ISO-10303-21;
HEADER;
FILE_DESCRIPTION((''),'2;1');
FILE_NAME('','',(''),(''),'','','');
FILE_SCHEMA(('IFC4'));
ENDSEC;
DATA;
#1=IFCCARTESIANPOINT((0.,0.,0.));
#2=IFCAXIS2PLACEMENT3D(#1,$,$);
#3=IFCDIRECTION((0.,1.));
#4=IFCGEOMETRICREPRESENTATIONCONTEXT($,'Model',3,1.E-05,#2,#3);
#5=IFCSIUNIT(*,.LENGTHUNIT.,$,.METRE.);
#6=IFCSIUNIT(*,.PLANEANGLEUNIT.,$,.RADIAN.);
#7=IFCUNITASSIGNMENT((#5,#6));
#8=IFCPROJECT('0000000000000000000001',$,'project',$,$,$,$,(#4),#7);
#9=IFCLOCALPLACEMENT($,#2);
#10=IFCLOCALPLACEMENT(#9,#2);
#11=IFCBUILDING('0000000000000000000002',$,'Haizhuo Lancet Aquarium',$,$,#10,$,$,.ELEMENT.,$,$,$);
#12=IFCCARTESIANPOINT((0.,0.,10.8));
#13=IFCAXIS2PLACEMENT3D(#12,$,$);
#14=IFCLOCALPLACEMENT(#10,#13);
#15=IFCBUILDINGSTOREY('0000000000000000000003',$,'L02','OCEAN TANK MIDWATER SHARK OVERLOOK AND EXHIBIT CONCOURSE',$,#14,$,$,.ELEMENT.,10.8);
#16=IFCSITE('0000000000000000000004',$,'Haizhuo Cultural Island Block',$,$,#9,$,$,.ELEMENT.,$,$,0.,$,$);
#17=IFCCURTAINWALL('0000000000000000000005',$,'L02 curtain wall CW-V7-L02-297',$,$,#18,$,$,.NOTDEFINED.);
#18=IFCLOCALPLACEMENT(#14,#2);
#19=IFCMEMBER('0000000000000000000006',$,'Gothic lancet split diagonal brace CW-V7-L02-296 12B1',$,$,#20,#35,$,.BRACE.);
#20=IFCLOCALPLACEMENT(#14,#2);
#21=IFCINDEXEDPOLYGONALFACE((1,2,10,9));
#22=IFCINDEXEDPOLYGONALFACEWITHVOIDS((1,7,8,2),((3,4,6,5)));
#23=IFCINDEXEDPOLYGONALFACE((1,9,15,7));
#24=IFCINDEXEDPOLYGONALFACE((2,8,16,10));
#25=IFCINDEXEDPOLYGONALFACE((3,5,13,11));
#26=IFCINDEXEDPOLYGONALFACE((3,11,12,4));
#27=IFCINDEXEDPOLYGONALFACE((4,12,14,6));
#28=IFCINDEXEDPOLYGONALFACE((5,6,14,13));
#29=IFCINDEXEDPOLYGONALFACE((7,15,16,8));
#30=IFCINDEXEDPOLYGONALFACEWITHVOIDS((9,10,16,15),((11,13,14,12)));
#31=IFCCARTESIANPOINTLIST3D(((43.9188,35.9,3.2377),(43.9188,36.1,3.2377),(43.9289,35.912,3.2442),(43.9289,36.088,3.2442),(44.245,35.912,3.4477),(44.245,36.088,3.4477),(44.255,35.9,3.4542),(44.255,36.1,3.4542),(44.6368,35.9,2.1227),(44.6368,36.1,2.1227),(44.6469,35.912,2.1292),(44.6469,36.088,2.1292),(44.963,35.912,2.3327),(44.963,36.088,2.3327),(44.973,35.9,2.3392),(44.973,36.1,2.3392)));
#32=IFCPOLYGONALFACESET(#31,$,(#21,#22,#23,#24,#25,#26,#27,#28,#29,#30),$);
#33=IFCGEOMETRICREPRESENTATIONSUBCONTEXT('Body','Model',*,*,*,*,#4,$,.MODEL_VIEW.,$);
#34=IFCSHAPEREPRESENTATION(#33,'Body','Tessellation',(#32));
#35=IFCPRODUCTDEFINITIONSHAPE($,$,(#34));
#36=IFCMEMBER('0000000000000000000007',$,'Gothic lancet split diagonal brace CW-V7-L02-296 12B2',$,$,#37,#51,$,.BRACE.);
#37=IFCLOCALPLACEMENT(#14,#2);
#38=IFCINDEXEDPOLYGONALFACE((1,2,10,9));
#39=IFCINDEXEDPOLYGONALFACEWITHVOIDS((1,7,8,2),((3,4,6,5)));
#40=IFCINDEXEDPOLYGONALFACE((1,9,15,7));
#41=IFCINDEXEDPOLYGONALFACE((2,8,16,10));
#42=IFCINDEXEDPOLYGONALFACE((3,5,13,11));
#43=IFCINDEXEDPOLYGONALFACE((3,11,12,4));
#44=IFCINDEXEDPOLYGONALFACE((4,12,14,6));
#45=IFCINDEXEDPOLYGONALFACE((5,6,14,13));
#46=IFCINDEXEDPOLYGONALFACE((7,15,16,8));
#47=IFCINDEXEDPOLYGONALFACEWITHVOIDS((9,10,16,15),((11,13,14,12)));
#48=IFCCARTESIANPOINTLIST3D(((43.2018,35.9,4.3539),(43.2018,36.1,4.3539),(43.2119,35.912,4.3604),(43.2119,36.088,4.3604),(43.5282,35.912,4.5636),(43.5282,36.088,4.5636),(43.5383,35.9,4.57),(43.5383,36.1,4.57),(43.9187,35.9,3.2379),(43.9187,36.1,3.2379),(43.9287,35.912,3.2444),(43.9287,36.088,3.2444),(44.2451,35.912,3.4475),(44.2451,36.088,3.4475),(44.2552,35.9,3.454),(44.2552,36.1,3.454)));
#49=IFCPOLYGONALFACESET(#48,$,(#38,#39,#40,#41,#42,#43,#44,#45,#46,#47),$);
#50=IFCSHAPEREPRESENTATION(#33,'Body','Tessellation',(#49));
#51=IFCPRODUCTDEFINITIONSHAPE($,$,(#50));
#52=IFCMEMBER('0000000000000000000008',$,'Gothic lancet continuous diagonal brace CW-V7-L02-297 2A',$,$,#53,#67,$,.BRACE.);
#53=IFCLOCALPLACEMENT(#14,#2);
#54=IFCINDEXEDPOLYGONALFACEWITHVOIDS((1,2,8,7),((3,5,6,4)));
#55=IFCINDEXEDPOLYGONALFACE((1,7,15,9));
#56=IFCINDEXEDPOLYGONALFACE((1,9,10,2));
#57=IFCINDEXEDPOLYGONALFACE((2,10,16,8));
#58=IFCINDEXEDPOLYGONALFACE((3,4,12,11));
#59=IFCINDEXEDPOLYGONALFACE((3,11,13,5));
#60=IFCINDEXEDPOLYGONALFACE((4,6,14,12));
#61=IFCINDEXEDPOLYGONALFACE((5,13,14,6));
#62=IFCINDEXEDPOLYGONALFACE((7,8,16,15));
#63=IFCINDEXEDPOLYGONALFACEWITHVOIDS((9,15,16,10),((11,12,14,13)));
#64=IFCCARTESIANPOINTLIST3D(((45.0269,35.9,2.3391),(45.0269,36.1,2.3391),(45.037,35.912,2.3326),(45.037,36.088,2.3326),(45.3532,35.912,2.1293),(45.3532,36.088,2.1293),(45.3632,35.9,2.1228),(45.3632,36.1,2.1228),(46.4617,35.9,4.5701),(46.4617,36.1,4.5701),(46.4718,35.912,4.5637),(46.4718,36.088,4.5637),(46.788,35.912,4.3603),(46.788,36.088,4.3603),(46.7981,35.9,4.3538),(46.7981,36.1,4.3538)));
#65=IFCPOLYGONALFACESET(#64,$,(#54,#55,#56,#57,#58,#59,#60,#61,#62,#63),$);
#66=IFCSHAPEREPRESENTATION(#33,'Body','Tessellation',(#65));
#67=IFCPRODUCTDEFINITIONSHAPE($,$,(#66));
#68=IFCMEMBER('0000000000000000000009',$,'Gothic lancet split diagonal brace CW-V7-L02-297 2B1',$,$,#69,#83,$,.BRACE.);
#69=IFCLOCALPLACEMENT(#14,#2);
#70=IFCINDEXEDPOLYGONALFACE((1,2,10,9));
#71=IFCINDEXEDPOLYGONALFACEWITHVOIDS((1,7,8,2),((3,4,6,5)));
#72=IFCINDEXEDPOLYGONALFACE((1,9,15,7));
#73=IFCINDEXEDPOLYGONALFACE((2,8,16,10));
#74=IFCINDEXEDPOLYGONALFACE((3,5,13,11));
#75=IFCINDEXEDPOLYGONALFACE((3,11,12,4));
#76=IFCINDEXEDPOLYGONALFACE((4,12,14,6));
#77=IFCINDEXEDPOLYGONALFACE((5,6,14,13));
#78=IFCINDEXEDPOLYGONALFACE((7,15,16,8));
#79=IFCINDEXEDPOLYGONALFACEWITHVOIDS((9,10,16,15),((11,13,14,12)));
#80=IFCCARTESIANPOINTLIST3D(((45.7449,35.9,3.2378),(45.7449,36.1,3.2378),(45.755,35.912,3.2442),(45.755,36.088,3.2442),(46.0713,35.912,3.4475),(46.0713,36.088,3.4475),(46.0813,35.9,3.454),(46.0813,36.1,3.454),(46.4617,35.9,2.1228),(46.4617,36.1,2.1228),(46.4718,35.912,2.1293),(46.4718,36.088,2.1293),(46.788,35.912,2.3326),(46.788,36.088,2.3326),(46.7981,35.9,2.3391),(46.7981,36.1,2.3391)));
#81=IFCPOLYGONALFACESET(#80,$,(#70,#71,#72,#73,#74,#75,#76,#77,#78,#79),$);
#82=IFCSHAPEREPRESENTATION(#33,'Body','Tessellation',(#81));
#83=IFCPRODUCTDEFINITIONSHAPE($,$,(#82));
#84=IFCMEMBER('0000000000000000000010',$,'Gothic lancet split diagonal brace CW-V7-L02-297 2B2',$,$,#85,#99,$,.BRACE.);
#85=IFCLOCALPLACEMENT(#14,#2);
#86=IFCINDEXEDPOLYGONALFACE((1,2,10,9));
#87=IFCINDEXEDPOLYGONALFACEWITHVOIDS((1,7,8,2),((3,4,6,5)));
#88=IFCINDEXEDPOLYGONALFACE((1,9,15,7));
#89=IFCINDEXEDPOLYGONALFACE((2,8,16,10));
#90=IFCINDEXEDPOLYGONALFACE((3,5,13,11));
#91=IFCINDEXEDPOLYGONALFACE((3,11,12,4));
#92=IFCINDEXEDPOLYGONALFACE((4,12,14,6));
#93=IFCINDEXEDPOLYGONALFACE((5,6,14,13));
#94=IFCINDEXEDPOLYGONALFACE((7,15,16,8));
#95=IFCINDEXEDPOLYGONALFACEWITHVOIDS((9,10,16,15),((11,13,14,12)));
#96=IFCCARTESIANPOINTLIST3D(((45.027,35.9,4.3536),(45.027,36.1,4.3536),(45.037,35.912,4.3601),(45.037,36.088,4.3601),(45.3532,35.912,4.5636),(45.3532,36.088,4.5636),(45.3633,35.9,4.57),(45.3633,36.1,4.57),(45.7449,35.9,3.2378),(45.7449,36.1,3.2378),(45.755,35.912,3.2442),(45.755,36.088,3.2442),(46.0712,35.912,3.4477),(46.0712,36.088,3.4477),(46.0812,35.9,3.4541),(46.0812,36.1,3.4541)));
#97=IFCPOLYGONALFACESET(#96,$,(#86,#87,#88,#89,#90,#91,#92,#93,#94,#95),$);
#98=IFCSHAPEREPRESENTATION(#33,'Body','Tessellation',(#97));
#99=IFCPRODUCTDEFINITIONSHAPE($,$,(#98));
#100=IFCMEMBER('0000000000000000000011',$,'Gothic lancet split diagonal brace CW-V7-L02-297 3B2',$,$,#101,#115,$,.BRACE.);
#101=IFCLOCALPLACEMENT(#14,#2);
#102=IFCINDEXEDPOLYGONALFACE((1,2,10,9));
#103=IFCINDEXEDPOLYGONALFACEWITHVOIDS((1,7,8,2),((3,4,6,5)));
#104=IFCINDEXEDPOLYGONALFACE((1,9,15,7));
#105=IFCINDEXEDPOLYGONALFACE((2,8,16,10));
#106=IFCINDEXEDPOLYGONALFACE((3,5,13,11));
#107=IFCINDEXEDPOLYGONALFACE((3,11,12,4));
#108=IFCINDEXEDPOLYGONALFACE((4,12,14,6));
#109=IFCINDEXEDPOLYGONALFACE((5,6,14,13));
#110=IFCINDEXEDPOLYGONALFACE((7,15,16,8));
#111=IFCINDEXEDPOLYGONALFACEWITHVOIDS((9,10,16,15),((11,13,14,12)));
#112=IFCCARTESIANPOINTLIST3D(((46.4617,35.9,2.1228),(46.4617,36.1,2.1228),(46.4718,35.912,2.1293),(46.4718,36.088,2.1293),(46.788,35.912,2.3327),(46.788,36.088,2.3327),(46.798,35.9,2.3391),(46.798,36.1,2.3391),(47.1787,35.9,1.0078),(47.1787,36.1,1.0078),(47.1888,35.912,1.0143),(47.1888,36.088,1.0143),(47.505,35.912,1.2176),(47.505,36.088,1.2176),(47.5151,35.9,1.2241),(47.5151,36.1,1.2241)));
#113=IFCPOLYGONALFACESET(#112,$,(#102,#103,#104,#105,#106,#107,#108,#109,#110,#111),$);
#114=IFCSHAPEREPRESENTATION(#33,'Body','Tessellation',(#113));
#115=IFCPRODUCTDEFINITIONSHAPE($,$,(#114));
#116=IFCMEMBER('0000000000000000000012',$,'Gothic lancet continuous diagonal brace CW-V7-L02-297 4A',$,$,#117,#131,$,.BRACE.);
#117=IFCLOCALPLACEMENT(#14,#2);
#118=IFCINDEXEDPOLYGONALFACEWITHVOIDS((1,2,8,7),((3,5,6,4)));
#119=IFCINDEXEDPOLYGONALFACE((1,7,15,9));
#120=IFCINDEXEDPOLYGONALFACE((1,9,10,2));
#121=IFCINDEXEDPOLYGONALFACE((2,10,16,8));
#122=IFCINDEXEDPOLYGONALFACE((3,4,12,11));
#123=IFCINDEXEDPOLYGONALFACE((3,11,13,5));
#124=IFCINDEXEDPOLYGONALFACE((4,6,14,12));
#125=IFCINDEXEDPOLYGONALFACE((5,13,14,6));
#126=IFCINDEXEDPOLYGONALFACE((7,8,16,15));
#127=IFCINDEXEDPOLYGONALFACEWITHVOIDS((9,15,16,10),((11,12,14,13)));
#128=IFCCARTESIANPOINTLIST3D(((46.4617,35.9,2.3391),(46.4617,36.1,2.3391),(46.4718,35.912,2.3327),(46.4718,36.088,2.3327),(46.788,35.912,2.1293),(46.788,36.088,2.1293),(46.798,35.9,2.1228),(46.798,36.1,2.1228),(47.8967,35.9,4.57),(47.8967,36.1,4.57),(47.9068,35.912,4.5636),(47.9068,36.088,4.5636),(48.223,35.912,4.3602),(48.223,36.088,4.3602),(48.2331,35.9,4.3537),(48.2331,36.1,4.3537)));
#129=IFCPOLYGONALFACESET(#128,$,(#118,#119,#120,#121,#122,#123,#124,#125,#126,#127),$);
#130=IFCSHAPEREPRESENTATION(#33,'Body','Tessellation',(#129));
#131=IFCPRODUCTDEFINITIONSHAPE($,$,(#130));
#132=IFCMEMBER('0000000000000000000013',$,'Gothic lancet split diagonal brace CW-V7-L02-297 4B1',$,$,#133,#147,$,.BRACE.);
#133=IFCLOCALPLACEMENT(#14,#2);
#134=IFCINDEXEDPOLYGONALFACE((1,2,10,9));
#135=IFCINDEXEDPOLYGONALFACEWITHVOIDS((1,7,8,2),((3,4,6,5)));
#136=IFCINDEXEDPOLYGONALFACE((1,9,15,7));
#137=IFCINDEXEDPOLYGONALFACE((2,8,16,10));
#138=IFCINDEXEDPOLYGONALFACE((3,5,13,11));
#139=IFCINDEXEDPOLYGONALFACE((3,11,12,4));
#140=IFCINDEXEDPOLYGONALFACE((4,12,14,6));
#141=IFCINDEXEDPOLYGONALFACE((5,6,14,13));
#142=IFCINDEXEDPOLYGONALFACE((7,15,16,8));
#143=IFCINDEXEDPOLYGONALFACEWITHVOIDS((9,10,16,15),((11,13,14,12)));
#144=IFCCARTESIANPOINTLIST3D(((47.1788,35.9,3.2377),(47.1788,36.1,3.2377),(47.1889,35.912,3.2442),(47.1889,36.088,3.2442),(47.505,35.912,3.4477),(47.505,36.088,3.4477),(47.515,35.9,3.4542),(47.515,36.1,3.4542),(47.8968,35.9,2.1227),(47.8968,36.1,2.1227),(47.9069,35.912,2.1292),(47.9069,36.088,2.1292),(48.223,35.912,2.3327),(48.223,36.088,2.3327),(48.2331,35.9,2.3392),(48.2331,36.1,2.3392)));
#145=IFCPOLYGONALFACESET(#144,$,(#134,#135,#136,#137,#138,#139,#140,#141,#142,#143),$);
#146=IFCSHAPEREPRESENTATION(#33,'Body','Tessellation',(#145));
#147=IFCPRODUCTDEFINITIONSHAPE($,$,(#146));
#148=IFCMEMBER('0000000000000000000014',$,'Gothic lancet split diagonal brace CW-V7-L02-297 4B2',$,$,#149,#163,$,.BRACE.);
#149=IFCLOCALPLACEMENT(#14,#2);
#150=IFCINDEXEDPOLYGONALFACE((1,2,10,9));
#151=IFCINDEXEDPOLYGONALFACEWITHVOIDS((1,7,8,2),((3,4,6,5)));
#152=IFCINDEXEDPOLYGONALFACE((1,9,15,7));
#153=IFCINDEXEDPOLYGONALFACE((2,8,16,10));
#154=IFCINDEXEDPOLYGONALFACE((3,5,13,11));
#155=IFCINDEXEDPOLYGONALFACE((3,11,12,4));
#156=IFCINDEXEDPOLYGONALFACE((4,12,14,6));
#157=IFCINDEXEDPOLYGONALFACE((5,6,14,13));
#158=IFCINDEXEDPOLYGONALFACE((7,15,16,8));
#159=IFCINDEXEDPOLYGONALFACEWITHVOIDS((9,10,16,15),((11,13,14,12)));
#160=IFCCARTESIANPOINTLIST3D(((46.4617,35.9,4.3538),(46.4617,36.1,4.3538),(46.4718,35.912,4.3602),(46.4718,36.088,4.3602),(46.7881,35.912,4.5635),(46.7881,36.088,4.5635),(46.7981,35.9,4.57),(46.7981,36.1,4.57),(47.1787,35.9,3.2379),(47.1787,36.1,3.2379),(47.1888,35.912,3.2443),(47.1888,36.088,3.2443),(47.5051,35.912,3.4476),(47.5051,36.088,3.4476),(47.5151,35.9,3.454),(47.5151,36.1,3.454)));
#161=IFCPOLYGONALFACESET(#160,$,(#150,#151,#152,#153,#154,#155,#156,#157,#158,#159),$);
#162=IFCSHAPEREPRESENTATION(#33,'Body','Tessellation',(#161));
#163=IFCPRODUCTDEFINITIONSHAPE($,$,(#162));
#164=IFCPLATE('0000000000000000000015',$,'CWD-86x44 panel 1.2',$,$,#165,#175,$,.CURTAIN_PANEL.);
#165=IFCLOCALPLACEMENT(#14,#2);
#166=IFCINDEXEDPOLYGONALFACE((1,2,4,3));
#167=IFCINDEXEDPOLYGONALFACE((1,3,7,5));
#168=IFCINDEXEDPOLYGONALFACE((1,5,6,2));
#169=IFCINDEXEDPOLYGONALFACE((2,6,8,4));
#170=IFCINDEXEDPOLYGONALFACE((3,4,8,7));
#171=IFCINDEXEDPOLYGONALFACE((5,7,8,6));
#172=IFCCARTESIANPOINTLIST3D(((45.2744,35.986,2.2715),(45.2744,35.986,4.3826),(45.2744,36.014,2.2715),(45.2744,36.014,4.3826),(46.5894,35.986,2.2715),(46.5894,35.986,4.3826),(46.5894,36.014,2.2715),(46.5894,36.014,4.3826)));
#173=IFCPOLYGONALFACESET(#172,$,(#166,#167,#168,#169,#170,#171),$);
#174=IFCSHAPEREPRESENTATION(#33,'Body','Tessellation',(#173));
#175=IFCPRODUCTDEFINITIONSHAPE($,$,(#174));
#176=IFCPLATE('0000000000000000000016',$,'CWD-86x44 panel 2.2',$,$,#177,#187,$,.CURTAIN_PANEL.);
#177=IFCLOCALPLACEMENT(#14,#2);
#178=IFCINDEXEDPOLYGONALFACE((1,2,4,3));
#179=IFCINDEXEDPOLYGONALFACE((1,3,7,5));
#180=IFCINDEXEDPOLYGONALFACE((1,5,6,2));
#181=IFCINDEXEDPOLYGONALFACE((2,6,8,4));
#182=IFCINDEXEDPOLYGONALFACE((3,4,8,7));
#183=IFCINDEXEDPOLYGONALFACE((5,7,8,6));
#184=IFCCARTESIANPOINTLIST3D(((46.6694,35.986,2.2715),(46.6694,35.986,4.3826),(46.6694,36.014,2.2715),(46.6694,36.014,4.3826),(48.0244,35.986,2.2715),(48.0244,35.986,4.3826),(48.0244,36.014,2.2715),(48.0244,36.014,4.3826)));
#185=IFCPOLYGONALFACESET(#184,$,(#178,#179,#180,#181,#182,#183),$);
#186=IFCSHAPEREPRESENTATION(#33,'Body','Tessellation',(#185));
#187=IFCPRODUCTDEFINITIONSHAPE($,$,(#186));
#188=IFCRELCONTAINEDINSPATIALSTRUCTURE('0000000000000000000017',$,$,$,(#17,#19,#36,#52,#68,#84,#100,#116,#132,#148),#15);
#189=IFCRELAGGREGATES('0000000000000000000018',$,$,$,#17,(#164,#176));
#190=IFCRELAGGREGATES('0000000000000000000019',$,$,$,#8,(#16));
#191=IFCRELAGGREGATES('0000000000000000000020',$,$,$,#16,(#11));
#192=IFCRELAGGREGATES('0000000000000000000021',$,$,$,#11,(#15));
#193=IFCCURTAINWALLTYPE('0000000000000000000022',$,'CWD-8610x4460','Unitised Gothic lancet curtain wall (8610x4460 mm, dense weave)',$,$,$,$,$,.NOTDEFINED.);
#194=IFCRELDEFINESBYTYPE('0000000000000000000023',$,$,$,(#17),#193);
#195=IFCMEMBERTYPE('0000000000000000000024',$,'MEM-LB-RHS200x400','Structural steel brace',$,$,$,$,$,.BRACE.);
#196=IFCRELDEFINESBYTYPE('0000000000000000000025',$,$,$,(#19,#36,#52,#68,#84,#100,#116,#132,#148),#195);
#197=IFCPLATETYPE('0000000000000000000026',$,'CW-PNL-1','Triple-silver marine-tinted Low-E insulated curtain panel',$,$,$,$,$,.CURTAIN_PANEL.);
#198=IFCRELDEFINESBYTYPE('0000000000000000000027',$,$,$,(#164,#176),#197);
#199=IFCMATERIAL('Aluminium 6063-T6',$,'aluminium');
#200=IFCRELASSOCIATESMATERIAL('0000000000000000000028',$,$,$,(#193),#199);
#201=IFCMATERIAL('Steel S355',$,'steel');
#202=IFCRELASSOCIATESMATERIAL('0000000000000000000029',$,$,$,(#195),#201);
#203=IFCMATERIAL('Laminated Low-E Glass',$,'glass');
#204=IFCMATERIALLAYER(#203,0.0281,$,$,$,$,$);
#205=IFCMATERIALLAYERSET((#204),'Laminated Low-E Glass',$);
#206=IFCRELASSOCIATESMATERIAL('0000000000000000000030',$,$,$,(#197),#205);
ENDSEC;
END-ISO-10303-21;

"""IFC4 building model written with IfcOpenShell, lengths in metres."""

from ifc_helpers import new_model, si_unit, direction, frame, origin, origin_2d, place, context, subcontext, project, spatial, rectangle, hollow_rectangle, extrude, material, layer, layer_set, material_profile, profile_set, type_object, element, aggregate, save


model = new_model("IFC4")

# Units and contexts
model_context = context("Model", 3, precision=1e-05, world=origin(), true_north=direction((0.0, 1.0)))
body_context = subcontext(model_context, "Body", "Model", "MODEL_VIEW")
ifc_project = project(units=[si_unit("LENGTHUNIT", "METRE"), si_unit("PLANEANGLEUNIT", "RADIAN")], contexts=[model_context])

# Site, building, storey
site_placement = place(None, origin())
site = spatial("IfcSite", under=ifc_project, at=site_placement, Name="Haizhuo Cultural Island Block", CompositionType="ELEMENT", RefElevation=0.0)
building_placement = place(site_placement, origin())
building = spatial("IfcBuilding", under=site, at=building_placement, Name="Haizhuo Lancet Aquarium", CompositionType="ELEMENT")
storey_placement = place(building_placement, frame((0.0, 0.0, 10.8)))
storey = spatial("IfcBuildingStorey", under=building, at=storey_placement, Name="L02", Description="OCEAN TANK MIDWATER SHARK OVERLOOK AND EXHIBIT CONCOURSE", CompositionType="ELEMENT", Elevation=10.8)

# Shared definitions
ifc_material_1 = material(Name="Steel S355", Category="steel")

# Curtain wall
ifc_material_2 = material(Name="Aluminium 6063-T6", Category="aluminium")
curtain_wall_type = type_object("IfcCurtainWallType", Name="CWD-8610x4460", Description="Unitised Gothic lancet curtain wall (8610x4460 mm, dense weave)", PredefinedType="NOTDEFINED", material=ifc_material_2)
curtain_wall_1_placement = place(storey_placement, origin())
curtain_wall_1 = element("IfcCurtainWall", 1, at=curtain_wall_1_placement, inside=storey, type_object=curtain_wall_type, Name="L02 curtain wall CW-V7-L02-297", PredefinedType="NOTDEFINED")

# Members
ifc_material_profile_1 = material_profile(ifc_material_1, hollow_rectangle(XDim=0.2, YDim=0.3999, WallThickness=0.012, at=origin_2d()), Name="RHS 200x400x12")
ifc_profile_set_1 = profile_set([ifc_material_profile_1], Name="Steel S355")
member_type_1 = type_object("IfcMemberType", Name="MEM-LB-RHS200x400", Description="Structural steel brace", PredefinedType="BRACE", material=ifc_profile_set_1)
member_1_placement = place(storey_placement, frame((44.8049, 36.0, 2.231), z_axis=(-0.541418, 0.0, 0.840754), x_axis=(0.0, -1.0, 0.0)))
element("IfcMember", 2, at=member_1_placement, inside=storey, type_object=member_type_1, Name="Gothic lancet split diagonal brace CW-V7-L02-296 12B1", PredefinedType="BRACE", context=body_context, shape_type="SweptSolid", body=[
    extrude(hollow_rectangle(XDim=0.2, YDim=0.3999, WallThickness=0.012, at=origin_2d()), origin(), (0.0, 0.0, 1.0), 1.3262),
])
member_2_placement = place(storey_placement, frame((44.0869, 36.0, 3.3459), z_axis=(-0.540432, 0.0, 0.841388), x_axis=(0.0, -1.0, 0.0)))
element("IfcMember", 3, at=member_2_placement, inside=storey, type_object=member_type_1, Name="Gothic lancet split diagonal brace CW-V7-L02-296 12B2", PredefinedType="BRACE", context=body_context, shape_type="SweptSolid", body=[
    extrude(hollow_rectangle(XDim=0.2, YDim=0.3999, WallThickness=0.012, at=origin_2d()), origin(), (0.0, 0.0, 1.0), 1.3264),
])
member_3_placement = place(storey_placement, frame((45.1951, 36.0, 2.231), z_axis=(0.540925, 0.0, 0.841071), x_axis=(0.0, 1.0, 0.0)))
element("IfcMember", 4, at=member_3_placement, inside=storey, type_object=member_type_1, Name="Gothic lancet continuous diagonal brace CW-V7-L02-297 2A", PredefinedType="BRACE", context=body_context, shape_type="SweptSolid", body=[
    extrude(hollow_rectangle(XDim=0.2, YDim=0.3999, WallThickness=0.012, at=origin_2d()), origin(), (0.0, 0.0, 1.0), 2.6526),
])
member_4_placement = place(storey_placement, frame((46.6299, 36.0, 2.231), z_axis=(-0.540767, 0.0, 0.841172), x_axis=(0.0, -1.0, 0.0)))
element("IfcMember", 5, at=member_4_placement, inside=storey, type_object=member_type_1, Name="Gothic lancet split diagonal brace CW-V7-L02-297 2B1", PredefinedType="BRACE", context=body_context, shape_type="SweptSolid", body=[
    extrude(hollow_rectangle(XDim=0.2, YDim=0.3999, WallThickness=0.012, at=origin_2d()), origin(), (0.0, 0.0, 1.0), 1.3254),
])
member_5_placement = place(storey_placement, frame((45.9131, 36.0, 3.3459), z_axis=(-0.541083, 0.0, 0.840969), x_axis=(0.0, -1.0, 0.0)))
element("IfcMember", 6, at=member_5_placement, inside=storey, type_object=member_type_1, Name="Gothic lancet split diagonal brace CW-V7-L02-297 2B2", PredefinedType="BRACE", context=body_context, shape_type="SweptSolid", body=[
    extrude(hollow_rectangle(XDim=0.2, YDim=0.3999, WallThickness=0.012, at=origin_2d()), origin(), (0.0, 0.0, 1.0), 1.3269),
])
member_6_placement = place(storey_placement, frame((47.3469, 36.0, 1.116), z_axis=(-0.540897, 0.0, 0.841089), x_axis=(0.0, -1.0, 0.0)))
element("IfcMember", 7, at=member_6_placement, inside=storey, type_object=member_type_1, Name="Gothic lancet split diagonal brace CW-V7-L02-297 3B2", PredefinedType="BRACE", context=body_context, shape_type="SweptSolid", body=[
    extrude(hollow_rectangle(XDim=0.2, YDim=0.3999, WallThickness=0.012, at=origin_2d()), origin(), (0.0, 0.0, 1.0), 1.3257),
])
member_7_placement = place(storey_placement, frame((46.6299, 36.0, 2.231), z_axis=(0.54099, 0.0, 0.841029), x_axis=(0.0, 1.0, 0.0)))
element("IfcMember", 8, at=member_7_placement, inside=storey, type_object=member_type_1, Name="Gothic lancet continuous diagonal brace CW-V7-L02-297 4A", PredefinedType="BRACE", context=body_context, shape_type="SweptSolid", body=[
    extrude(hollow_rectangle(XDim=0.2, YDim=0.3999, WallThickness=0.012, at=origin_2d()), origin(), (0.0, 0.0, 1.0), 2.6526),
])
member_8_placement = place(storey_placement, frame((48.0649, 36.0, 2.231), z_axis=(-0.541418, 0.0, 0.840754), x_axis=(0.0, -1.0, 0.0)))
element("IfcMember", 9, at=member_8_placement, inside=storey, type_object=member_type_1, Name="Gothic lancet split diagonal brace CW-V7-L02-297 4B1", PredefinedType="BRACE", context=body_context, shape_type="SweptSolid", body=[
    extrude(hollow_rectangle(XDim=0.2, YDim=0.3999, WallThickness=0.012, at=origin_2d()), origin(), (0.0, 0.0, 1.0), 1.3262),
])
member_9_placement = place(storey_placement, frame((47.3469, 36.0, 3.3459), z_axis=(-0.540562, 0.0, 0.841304), x_axis=(0.0, -1.0, 0.0)))
element("IfcMember", 10, at=member_9_placement, inside=storey, type_object=member_type_1, Name="Gothic lancet split diagonal brace CW-V7-L02-297 4B2", PredefinedType="BRACE", context=body_context, shape_type="SweptSolid", body=[
    extrude(hollow_rectangle(XDim=0.2, YDim=0.3999, WallThickness=0.012, at=origin_2d()), origin(), (0.0, 0.0, 1.0), 1.3264),
])

# Plates
ifc_material_3 = material(Name="Laminated Low-E Glass", Category="glass")
ifc_layer_1 = layer(ifc_material_3, 0.0281)
ifc_layer_set_1 = layer_set([ifc_layer_1], Name="Laminated Low-E Glass")
plate_type_1 = type_object("IfcPlateType", Name="CW-PNL-1", Description="Triple-silver marine-tinted Low-E insulated curtain panel", PredefinedType="CURTAIN_PANEL", material=ifc_layer_set_1)
plate_1_placement = place(storey_placement, frame((45.9319, 36.0, 2.2715), z_axis=(0.0, 0.0, 1.0), x_axis=(1.0, 0.0, 0.0)))
plate_1 = element("IfcPlate", 11, at=plate_1_placement, type_object=plate_type_1, Name="CWD-86x44 panel 1.2", PredefinedType="CURTAIN_PANEL", context=body_context, shape_type="SweptSolid", body=[
    extrude(rectangle(XDim=1.3149, YDim=0.0281, at=origin_2d()), origin(), (0.0, 0.0, 1.0), 2.1111),
])
plate_2_placement = place(storey_placement, frame((47.3469, 36.0, 2.2715), z_axis=(0.0, 0.0, 1.0), x_axis=(1.0, 0.0, 0.0)))
plate_2 = element("IfcPlate", 12, at=plate_2_placement, type_object=plate_type_1, Name="CWD-86x44 panel 2.2", PredefinedType="CURTAIN_PANEL", context=body_context, shape_type="SweptSolid", body=[
    extrude(rectangle(XDim=1.355, YDim=0.0281, at=origin_2d()), origin(), (0.0, 0.0, 1.0), 2.1111),
])
aggregate(curtain_wall_1, [plate_1, plate_2])

save(model, "model.ifc")
